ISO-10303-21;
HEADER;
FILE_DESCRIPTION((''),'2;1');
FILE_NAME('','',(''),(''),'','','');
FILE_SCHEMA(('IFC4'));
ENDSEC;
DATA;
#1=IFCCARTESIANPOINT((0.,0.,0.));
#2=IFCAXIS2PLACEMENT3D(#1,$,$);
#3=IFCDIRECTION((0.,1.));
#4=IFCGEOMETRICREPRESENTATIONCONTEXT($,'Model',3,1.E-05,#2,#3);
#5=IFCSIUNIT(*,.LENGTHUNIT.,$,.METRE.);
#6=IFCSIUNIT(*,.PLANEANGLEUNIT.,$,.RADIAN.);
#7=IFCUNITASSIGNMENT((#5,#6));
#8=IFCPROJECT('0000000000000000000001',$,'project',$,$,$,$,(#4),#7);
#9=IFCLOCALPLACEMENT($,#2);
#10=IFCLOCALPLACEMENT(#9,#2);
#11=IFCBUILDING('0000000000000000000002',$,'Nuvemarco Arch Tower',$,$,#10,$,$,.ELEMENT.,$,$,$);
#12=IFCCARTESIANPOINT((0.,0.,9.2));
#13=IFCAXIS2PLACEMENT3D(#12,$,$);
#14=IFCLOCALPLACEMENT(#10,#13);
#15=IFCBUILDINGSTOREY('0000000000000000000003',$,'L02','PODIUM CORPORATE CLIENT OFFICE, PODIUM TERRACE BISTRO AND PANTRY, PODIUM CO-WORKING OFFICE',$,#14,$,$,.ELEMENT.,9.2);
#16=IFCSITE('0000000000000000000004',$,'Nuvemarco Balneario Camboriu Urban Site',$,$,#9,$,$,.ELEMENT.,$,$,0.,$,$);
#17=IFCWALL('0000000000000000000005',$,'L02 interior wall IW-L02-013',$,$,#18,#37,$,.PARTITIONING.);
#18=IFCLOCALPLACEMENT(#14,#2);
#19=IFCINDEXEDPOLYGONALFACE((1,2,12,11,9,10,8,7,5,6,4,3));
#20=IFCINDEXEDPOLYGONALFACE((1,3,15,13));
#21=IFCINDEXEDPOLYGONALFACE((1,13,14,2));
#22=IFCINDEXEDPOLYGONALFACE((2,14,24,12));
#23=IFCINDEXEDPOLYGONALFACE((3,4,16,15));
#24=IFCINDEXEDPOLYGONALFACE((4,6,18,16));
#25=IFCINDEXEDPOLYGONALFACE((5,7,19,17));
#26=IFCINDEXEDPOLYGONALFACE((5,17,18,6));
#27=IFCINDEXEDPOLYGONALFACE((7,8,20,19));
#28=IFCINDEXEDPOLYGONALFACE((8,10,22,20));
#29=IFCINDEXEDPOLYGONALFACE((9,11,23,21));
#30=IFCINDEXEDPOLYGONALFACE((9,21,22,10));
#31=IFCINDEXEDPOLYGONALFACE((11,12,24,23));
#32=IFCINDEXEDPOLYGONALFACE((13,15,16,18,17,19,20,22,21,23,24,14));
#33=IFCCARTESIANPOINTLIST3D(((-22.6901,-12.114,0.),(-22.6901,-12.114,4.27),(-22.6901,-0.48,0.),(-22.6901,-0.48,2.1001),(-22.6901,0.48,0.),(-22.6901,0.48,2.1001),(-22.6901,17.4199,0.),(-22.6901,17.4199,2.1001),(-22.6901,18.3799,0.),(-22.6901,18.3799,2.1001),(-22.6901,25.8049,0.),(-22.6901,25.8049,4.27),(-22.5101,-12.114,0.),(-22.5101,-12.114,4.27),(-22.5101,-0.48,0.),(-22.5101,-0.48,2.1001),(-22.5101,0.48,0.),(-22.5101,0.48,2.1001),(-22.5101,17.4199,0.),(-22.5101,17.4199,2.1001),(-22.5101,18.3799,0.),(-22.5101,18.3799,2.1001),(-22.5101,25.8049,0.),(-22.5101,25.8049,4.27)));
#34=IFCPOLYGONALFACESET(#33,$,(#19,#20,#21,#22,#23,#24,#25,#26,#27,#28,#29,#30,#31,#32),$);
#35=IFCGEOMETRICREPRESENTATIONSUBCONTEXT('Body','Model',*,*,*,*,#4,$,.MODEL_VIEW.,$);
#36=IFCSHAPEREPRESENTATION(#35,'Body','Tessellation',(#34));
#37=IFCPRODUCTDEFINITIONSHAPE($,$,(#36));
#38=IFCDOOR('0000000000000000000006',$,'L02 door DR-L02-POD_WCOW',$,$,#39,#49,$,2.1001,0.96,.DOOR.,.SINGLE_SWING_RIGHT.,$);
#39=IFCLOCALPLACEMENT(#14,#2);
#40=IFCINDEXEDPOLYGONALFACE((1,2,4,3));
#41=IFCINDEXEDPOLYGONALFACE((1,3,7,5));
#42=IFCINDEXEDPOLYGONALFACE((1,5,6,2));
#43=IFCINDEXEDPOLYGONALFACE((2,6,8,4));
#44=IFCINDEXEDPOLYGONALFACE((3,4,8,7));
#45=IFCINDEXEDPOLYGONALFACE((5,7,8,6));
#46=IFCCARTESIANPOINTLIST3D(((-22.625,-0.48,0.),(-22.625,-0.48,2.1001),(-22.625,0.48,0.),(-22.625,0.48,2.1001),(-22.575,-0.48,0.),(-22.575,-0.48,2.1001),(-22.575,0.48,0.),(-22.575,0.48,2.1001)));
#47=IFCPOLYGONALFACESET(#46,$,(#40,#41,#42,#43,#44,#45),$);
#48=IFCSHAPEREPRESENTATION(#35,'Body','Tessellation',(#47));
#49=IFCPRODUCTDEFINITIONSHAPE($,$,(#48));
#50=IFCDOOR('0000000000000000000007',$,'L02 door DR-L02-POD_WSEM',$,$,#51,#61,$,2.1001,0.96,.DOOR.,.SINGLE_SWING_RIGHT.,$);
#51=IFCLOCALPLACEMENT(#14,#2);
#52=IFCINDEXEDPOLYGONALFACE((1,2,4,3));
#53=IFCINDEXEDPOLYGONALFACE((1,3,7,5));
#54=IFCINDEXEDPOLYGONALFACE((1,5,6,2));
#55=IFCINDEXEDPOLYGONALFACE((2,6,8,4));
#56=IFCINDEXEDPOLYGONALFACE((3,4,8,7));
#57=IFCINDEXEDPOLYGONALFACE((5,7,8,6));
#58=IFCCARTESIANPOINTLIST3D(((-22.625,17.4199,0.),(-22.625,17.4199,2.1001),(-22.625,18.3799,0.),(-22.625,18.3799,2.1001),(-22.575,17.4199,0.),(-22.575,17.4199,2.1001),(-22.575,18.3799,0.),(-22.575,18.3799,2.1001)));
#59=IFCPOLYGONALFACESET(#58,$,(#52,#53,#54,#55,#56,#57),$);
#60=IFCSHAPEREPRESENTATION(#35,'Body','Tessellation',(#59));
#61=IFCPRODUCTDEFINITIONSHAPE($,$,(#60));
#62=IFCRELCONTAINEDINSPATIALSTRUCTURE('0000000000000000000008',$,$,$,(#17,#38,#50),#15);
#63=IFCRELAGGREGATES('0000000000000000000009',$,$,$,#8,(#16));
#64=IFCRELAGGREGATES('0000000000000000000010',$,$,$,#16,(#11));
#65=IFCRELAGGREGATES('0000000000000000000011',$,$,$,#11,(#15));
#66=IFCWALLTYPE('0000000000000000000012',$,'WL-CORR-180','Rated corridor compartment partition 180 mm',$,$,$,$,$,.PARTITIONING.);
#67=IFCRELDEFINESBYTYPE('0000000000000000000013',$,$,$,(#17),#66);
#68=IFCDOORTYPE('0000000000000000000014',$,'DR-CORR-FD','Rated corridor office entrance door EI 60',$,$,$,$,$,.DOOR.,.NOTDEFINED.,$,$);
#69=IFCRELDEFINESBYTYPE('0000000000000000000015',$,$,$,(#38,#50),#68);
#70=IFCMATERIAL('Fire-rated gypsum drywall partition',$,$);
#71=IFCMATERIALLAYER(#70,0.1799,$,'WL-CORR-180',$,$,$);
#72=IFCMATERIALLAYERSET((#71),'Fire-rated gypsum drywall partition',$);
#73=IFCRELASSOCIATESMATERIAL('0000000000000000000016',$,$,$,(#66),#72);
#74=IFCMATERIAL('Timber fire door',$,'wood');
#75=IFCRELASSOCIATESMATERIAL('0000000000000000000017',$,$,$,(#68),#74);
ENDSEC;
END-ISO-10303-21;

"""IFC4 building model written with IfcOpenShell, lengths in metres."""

from ifc_helpers import new_model, si_unit, direction, frame, frame_2d, origin, place, context, subcontext, project, spatial, rectangle, extrude, source, transform, mapped, material, layer, layer_set, type_object, type_shapes, element, fill, save


model = new_model("IFC4")

# Units and contexts
model_context = context("Model", 3, precision=1e-05, world=origin(), true_north=direction((0.0, 1.0)))
body_context = subcontext(model_context, "Body", "Model", "MODEL_VIEW")
ifc_project = project(units=[si_unit("LENGTHUNIT", "METRE"), si_unit("PLANEANGLEUNIT", "RADIAN")], contexts=[model_context])

# Site, building, storey
site_placement = place(None, origin())
site = spatial("IfcSite", under=ifc_project, at=site_placement, Name="Nuvemarco Balneario Camboriu Urban Site", CompositionType="ELEMENT", RefElevation=0.0)
building_placement = place(site_placement, origin())
building = spatial("IfcBuilding", under=site, at=building_placement, Name="Nuvemarco Arch Tower", CompositionType="ELEMENT")
storey_placement = place(building_placement, frame((0.0, 0.0, 9.2)))
storey = spatial("IfcBuildingStorey", under=building, at=storey_placement, Name="L02", Description="PODIUM CORPORATE CLIENT OFFICE, PODIUM TERRACE BISTRO AND PANTRY, PODIUM CO-WORKING OFFICE", CompositionType="ELEMENT", Elevation=9.2)

# Wall, openings, doors
ifc_material_1 = material(Name="Fire-rated gypsum drywall partition")
ifc_layer_1 = layer(ifc_material_1, 0.1799, Name="WL-CORR-180")
ifc_layer_set_1 = layer_set([ifc_layer_1], Name="Fire-rated gypsum drywall partition")
wall_type_1 = type_object("IfcWallType", Name="WL-CORR-180", Description="Rated corridor compartment partition 180 mm", PredefinedType="PARTITIONING", material=ifc_layer_set_1)
wall_1_placement = place(storey_placement, frame((-22.6001, -12.114, 0.0), z_axis=(0.0, 0.0, 1.0), x_axis=(0.0, 1.0, 0.0)))
wall_1 = element("IfcWall", 1, at=wall_1_placement, inside=storey, type_object=wall_type_1, Name="L02 interior wall IW-L02-013", PredefinedType="PARTITIONING", context=body_context, shape_type="SweptSolid", body=[
    extrude(rectangle(XDim=37.9189, YDim=0.1799, at=frame_2d((18.9595, 0.0))), origin(), (0.0, 0.0, 1.0), 4.27),
])
opening_1_placement = place(wall_1_placement, frame((11.634, 0.0, 0.0)))
opening_1 = element("IfcOpeningElement", 2, at=opening_1_placement, cuts=wall_1, PredefinedType="OPENING", context=body_context, shape_type="SweptSolid", body=[
    extrude(rectangle(XDim=0.96, YDim=2.1001, at=frame_2d((0.48, 1.05))), frame((0.0, 0.0999, 0.0), z_axis=(0.0, -1.0, 0.0), x_axis=(1.0, 0.0, 0.0)), (0.0, 0.0, 1.0), 0.2),
])
opening_2_placement = place(wall_1_placement, frame((29.5339, 0.0, 0.0)))
opening_2 = element("IfcOpeningElement", 3, at=opening_2_placement, cuts=wall_1, PredefinedType="OPENING", context=body_context, shape_type="SweptSolid", body=[
    extrude(rectangle(XDim=0.96, YDim=2.1001, at=frame_2d((0.48, 1.05))), frame((0.0, 0.0999, 0.0), z_axis=(0.0, -1.0, 0.0), x_axis=(1.0, 0.0, 0.0)), (0.0, 0.0, 1.0), 0.2),
])
ifc_material_2 = material(Name="Timber fire door", Category="wood")
door_type = type_object("IfcDoorType", Name="DR-CORR-FD", Description="Rated corridor office entrance door EI 60", OperationType="NOTDEFINED", PredefinedType="DOOR", material=ifc_material_2)
shared_shape_1 = source(origin(), body_context, "Body", "SweptSolid", [
    extrude(rectangle(XDim=0.96, YDim=2.1001, at=frame_2d((0.48, 1.05))), frame((0.0, 0.0249, 0.0), z_axis=(0.0, -1.0, 0.0), x_axis=(1.0, 0.0, 0.0)), (0.0, 0.0, 1.0), 0.05),
])
type_shapes(door_type, [shared_shape_1])
door_1_placement = place(opening_1_placement, origin())
door_1 = element("IfcDoor", 4, at=door_1_placement, inside=storey, type_object=door_type, Name="L02 door DR-L02-POD_WCOW", OperationType="SINGLE_SWING_RIGHT", OverallHeight=2.1001, OverallWidth=0.96, PredefinedType="DOOR", context=body_context, shape_type="MappedRepresentation", body=[
    mapped(shared_shape_1, transform((0.0, 0.0, 0.0), scale=1.0)),
])
fill(opening_1, door_1)
door_2_placement = place(opening_2_placement, origin())
door_2 = element("IfcDoor", 5, at=door_2_placement, inside=storey, type_object=door_type, Name="L02 door DR-L02-POD_WSEM", OperationType="SINGLE_SWING_RIGHT", OverallHeight=2.1001, OverallWidth=0.96, PredefinedType="DOOR", context=body_context, shape_type="MappedRepresentation", body=[
    mapped(shared_shape_1, transform((0.0, 0.0, 0.0), scale=1.0)),
])
fill(opening_2, door_2)

save(model, "model.ifc")
